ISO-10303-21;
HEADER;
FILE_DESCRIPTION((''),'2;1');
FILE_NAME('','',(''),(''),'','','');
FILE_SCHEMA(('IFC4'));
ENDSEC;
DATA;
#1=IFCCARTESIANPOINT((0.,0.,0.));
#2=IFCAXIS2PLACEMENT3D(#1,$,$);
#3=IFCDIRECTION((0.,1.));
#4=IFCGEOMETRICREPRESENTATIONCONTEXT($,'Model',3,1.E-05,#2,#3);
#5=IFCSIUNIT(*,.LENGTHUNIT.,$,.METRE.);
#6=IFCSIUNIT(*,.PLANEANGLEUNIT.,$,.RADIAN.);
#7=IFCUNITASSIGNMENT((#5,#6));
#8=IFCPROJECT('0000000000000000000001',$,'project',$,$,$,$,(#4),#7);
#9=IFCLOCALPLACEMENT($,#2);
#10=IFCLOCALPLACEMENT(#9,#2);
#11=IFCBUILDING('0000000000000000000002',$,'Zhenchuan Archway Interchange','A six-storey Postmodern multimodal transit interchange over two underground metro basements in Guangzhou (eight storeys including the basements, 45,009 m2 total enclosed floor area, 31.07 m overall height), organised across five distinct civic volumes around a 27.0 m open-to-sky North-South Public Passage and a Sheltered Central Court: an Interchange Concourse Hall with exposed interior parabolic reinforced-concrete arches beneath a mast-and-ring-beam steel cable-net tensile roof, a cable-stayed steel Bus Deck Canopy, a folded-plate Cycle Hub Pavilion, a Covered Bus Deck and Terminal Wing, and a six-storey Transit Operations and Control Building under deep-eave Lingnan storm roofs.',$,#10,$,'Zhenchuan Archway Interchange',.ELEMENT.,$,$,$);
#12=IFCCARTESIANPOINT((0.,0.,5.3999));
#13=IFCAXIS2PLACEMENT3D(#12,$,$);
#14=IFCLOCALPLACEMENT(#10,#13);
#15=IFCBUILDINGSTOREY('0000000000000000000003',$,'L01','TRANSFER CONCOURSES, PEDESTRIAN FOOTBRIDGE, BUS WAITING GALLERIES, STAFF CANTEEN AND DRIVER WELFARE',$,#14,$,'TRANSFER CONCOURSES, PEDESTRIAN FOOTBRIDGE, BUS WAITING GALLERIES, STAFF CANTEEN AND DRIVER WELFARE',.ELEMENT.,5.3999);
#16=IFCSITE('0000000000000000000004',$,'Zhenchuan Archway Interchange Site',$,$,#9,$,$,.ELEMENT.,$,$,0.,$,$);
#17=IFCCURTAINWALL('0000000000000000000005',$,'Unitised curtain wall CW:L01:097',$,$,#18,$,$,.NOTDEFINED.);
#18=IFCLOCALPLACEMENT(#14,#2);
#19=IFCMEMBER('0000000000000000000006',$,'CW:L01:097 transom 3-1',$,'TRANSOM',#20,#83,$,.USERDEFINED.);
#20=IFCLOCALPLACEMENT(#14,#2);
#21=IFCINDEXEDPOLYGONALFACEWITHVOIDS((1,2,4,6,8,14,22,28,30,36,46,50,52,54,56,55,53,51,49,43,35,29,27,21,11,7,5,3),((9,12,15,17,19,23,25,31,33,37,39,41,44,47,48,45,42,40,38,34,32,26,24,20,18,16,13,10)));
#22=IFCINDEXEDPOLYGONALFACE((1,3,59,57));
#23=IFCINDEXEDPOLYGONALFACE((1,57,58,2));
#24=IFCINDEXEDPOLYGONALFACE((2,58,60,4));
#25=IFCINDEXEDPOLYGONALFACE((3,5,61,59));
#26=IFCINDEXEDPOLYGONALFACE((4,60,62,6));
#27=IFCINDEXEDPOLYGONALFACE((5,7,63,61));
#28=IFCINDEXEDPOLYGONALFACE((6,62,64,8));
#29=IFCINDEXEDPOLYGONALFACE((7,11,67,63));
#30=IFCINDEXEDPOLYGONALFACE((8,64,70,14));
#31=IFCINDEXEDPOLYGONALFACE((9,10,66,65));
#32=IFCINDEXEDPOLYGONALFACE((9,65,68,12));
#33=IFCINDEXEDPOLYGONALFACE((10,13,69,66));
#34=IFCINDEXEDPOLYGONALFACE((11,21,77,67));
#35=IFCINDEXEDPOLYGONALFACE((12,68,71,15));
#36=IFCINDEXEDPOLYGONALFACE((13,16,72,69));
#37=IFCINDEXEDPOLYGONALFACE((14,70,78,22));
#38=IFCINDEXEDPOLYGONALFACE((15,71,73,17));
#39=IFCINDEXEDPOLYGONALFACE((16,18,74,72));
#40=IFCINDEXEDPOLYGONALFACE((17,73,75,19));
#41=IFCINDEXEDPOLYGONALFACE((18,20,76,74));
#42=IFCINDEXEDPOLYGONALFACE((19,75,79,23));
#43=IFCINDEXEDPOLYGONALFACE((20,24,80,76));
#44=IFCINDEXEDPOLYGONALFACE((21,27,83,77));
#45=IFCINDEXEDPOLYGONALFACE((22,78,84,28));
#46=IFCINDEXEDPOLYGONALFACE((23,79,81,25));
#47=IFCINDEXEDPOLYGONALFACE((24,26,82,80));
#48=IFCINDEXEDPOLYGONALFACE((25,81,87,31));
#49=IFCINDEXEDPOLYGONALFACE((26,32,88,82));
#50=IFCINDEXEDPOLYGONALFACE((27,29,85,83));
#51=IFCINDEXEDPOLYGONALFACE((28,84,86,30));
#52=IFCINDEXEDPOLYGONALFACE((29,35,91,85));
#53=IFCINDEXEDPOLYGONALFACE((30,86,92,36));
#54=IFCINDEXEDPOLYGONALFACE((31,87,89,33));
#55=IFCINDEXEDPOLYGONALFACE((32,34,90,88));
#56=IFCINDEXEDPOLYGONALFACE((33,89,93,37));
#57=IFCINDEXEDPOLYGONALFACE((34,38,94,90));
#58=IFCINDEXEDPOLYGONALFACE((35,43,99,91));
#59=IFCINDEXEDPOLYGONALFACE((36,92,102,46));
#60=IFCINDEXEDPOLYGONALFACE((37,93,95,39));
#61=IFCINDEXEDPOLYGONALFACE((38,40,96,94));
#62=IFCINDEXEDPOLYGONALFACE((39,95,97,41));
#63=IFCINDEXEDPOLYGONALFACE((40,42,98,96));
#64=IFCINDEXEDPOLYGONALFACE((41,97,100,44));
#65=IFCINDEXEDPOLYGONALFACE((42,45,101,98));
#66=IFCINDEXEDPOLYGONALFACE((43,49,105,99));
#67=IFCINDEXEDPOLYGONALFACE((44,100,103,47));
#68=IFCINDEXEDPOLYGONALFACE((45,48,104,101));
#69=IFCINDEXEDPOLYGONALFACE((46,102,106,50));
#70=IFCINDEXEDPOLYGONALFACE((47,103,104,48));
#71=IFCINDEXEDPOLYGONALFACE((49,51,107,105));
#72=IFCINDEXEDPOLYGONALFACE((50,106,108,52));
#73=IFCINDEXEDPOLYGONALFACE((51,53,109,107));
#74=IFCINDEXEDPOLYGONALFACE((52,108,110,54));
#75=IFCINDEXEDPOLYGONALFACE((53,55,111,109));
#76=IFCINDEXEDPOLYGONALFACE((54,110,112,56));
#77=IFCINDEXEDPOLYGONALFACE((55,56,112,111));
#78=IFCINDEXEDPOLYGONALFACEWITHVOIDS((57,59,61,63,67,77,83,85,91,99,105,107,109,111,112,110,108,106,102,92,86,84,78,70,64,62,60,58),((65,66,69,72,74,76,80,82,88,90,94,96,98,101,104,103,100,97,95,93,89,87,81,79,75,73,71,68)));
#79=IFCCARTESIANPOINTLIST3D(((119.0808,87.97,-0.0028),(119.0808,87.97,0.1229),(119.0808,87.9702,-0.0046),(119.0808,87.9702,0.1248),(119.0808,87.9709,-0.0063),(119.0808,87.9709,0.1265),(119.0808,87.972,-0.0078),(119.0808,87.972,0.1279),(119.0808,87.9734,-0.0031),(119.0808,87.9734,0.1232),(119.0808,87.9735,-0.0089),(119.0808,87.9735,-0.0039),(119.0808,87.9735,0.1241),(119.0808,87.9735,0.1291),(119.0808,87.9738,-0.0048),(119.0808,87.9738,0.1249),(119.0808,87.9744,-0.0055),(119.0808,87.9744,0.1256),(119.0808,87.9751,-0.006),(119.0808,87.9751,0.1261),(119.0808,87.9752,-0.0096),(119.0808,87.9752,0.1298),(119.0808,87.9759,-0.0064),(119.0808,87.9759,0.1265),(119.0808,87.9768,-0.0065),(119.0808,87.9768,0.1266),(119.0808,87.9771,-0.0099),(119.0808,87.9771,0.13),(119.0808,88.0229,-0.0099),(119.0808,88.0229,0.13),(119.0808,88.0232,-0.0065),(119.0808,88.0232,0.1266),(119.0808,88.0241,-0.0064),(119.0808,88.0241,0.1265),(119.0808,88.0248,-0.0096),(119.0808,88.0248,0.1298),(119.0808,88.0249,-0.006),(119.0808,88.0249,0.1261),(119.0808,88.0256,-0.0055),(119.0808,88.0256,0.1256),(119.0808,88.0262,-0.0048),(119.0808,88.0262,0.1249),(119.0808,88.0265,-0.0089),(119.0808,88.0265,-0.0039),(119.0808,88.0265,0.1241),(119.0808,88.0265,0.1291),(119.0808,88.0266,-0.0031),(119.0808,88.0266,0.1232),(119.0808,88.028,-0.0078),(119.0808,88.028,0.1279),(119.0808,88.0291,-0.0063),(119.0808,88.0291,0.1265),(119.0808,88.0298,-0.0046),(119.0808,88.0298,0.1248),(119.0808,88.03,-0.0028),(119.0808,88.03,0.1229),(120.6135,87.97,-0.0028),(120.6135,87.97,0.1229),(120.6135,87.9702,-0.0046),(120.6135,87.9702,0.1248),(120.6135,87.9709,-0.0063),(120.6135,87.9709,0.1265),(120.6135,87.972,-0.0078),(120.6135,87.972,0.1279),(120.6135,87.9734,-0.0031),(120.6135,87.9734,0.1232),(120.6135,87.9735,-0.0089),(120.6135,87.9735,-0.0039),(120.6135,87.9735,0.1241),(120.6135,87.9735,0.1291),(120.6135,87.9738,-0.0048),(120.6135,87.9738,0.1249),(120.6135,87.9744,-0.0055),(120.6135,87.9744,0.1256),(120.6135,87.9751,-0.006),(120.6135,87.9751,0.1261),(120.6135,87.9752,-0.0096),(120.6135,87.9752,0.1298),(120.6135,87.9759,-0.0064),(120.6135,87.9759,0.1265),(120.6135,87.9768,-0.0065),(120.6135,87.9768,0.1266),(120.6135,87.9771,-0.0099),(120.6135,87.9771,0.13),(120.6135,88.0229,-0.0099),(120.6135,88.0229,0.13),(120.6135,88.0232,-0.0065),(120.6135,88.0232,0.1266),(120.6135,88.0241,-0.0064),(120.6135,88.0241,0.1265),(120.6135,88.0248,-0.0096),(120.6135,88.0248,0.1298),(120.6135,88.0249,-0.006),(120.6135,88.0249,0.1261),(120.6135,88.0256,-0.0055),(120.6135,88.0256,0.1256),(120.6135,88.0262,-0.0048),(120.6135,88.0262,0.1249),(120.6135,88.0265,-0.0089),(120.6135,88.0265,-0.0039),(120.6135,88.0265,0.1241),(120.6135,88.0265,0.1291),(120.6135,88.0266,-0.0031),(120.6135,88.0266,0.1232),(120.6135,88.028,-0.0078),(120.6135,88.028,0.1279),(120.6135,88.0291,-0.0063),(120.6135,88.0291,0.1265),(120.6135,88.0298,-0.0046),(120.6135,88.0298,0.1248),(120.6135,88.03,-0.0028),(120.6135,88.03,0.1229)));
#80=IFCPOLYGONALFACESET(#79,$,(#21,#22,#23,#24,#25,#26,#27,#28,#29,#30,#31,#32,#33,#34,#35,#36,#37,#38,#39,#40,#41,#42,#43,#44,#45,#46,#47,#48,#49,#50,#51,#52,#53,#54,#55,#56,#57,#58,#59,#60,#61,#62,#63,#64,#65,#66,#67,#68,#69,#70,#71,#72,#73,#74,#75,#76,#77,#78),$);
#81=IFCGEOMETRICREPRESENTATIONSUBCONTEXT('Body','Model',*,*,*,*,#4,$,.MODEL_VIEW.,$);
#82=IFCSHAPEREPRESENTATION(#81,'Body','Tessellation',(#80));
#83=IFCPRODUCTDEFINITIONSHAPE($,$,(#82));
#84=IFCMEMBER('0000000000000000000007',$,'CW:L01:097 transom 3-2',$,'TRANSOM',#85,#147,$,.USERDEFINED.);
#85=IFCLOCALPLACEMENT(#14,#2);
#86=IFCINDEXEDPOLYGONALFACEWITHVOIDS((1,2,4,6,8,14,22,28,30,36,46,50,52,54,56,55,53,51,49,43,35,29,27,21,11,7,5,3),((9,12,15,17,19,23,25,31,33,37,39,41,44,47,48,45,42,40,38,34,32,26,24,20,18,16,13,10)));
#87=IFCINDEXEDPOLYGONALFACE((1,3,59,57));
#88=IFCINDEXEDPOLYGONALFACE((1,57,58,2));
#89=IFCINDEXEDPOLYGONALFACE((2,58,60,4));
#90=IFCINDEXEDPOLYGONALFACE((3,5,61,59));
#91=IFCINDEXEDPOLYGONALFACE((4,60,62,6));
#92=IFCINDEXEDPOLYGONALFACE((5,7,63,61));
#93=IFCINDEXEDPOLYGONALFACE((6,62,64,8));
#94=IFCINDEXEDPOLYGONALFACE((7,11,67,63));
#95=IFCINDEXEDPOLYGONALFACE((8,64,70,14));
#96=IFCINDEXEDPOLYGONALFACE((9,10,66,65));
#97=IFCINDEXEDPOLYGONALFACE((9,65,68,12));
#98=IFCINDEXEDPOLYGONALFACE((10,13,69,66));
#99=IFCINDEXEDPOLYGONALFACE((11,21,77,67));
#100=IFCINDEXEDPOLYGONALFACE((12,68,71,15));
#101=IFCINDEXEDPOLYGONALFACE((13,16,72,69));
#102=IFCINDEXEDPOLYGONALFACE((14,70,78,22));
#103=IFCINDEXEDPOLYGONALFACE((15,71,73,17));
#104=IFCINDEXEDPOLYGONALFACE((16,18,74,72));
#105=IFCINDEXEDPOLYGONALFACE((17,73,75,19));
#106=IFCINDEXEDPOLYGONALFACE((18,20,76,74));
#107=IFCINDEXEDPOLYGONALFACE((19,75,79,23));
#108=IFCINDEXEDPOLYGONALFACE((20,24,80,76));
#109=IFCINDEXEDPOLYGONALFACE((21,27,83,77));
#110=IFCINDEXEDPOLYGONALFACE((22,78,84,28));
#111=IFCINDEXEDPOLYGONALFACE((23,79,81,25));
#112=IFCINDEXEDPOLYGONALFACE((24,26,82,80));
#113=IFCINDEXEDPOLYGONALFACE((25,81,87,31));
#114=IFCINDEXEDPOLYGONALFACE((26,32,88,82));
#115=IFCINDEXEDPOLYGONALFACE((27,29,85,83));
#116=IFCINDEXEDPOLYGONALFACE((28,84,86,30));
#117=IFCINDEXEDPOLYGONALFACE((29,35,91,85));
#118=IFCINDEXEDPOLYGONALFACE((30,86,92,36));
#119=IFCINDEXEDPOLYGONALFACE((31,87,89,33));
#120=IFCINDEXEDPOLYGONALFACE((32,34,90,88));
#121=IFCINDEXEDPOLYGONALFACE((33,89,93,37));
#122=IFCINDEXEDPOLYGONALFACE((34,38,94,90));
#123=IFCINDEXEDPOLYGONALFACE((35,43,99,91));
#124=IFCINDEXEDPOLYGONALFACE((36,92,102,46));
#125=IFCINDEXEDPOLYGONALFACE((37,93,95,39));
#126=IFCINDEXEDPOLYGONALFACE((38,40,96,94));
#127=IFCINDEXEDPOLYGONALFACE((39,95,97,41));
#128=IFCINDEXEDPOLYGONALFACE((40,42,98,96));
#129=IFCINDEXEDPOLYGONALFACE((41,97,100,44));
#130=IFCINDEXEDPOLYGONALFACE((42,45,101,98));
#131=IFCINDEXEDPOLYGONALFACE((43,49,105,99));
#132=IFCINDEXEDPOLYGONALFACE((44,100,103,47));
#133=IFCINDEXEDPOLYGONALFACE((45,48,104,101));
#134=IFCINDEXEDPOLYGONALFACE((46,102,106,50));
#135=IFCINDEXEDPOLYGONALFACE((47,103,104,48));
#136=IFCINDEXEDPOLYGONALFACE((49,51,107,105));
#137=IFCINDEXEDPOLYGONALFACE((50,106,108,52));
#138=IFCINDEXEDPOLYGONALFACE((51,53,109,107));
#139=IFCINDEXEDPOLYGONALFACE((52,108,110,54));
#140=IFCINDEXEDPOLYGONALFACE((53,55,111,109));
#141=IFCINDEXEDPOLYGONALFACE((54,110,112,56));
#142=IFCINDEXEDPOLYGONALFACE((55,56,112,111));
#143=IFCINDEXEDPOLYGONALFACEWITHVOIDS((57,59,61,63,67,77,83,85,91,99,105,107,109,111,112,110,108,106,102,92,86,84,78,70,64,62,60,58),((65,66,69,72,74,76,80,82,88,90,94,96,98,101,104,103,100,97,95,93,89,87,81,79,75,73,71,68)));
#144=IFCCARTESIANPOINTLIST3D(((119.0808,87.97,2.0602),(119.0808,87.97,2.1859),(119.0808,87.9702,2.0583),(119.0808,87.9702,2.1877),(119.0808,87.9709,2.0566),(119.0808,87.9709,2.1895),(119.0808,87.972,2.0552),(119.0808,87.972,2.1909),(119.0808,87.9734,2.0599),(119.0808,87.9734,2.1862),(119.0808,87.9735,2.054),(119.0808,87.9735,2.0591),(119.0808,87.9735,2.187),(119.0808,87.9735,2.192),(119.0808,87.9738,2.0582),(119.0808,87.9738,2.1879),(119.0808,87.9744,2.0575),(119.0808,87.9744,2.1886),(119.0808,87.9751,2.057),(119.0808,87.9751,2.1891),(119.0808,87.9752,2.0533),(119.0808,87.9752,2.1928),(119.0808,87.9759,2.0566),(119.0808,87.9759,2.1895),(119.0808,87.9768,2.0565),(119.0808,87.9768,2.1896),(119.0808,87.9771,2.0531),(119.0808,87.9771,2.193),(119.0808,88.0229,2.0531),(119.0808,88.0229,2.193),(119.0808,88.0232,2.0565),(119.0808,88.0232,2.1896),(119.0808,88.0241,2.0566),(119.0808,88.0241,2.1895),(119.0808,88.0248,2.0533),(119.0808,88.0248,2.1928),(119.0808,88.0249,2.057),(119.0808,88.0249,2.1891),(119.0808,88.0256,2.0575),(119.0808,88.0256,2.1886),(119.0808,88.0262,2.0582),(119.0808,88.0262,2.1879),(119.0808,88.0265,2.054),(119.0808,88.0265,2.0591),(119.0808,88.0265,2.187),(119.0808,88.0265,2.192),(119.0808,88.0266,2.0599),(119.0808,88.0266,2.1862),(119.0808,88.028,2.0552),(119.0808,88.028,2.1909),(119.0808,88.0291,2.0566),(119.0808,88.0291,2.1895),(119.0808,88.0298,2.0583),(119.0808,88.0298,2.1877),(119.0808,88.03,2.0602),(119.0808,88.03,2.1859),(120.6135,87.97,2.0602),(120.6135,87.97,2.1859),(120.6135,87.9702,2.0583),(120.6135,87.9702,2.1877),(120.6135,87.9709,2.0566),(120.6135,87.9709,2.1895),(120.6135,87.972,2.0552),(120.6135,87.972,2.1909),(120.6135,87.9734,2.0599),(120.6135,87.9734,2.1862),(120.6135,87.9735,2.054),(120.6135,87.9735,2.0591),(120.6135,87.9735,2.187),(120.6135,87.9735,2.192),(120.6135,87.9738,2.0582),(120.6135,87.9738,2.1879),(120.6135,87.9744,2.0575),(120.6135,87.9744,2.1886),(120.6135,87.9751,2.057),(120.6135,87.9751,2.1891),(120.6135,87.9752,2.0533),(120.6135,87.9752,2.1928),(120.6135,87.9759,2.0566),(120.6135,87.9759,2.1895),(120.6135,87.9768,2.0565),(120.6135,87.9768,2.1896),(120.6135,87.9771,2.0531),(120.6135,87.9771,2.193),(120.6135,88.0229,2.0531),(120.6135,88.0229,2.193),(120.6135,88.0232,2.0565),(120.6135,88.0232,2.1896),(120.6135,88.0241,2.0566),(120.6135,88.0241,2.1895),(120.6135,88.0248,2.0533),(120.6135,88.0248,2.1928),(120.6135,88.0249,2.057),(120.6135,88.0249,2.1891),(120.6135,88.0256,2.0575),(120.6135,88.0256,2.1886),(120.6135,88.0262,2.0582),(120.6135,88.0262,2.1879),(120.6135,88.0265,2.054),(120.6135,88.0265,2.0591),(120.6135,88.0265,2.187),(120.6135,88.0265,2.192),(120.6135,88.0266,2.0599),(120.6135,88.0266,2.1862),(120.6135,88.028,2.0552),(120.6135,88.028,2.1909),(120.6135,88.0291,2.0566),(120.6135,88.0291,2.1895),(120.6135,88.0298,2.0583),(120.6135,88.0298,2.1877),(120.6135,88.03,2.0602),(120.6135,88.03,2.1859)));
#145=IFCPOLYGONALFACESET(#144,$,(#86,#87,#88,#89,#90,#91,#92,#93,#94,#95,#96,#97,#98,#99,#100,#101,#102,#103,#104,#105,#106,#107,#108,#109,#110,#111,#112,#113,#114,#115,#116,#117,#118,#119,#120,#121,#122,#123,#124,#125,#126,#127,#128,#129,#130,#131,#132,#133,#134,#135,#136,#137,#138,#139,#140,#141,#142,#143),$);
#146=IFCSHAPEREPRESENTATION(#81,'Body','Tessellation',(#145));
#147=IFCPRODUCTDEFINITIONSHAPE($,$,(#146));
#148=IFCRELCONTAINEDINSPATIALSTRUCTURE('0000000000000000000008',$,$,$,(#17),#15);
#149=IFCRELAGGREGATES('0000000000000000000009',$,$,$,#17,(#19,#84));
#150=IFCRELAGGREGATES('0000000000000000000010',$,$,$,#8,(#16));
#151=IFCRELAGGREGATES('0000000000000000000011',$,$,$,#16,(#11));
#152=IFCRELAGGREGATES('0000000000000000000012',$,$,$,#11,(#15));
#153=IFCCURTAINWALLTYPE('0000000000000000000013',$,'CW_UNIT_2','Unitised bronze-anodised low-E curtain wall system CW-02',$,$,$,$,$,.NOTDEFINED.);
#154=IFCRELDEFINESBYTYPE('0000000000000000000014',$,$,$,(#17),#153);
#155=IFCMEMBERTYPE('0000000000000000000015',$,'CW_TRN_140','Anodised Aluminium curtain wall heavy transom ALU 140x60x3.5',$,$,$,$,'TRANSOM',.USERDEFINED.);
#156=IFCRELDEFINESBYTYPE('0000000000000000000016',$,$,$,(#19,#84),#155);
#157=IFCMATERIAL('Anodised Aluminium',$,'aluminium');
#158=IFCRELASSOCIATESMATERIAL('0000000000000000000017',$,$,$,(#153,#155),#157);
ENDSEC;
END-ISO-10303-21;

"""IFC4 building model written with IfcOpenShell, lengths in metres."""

from ifc_helpers import new_model, si_unit, direction, frame, origin, origin_2d, place, context, subcontext, project, spatial, hollow_rectangle, extrude, material, material_profile, profile_set, type_object, element, aggregate, save


model = new_model("IFC4")

# Units and contexts
model_context = context("Model", 3, precision=1e-05, world=origin(), true_north=direction((0.0, 1.0)))
body_context = subcontext(model_context, "Body", "Model", "MODEL_VIEW")
ifc_project = project(units=[si_unit("LENGTHUNIT", "METRE"), si_unit("PLANEANGLEUNIT", "RADIAN")], contexts=[model_context])

# Site, building, storey
site_placement = place(None, origin())
site = spatial("IfcSite", under=ifc_project, at=site_placement, Name="Zhenchuan Archway Interchange Site", CompositionType="ELEMENT", RefElevation=0.0)
building_placement = place(site_placement, origin())
building = spatial("IfcBuilding", under=site, at=building_placement, Name="Zhenchuan Archway Interchange", Description="A six-storey Postmodern multimodal transit interchange over two underground metro basements in Guangzhou (eight storeys including the basements, 45,009 m2 total enclosed floor area, 31.07 m overall height), organised across five distinct civic volumes around a 27.0 m open-to-sky North-South Public Passage and a Sheltered Central Court: an Interchange Concourse Hall with exposed interior parabolic reinforced-concrete arches beneath a mast-and-ring-beam steel cable-net tensile roof, a cable-stayed steel Bus Deck Canopy, a folded-plate Cycle Hub Pavilion, a Covered Bus Deck and Terminal Wing, and a six-storey Transit Operations and Control Building under deep-eave Lingnan storm roofs.", LongName="Zhenchuan Archway Interchange", CompositionType="ELEMENT")
storey_placement = place(building_placement, frame((0.0, 0.0, 5.3999)))
storey = spatial("IfcBuildingStorey", under=building, at=storey_placement, Name="L01", Description="TRANSFER CONCOURSES, PEDESTRIAN FOOTBRIDGE, BUS WAITING GALLERIES, STAFF CANTEEN AND DRIVER WELFARE", LongName="TRANSFER CONCOURSES, PEDESTRIAN FOOTBRIDGE, BUS WAITING GALLERIES, STAFF CANTEEN AND DRIVER WELFARE", CompositionType="ELEMENT", Elevation=5.3999)

# Curtain wall, members
ifc_material_1 = material(Name="Anodised Aluminium", Category="aluminium")
curtain_wall_type = type_object("IfcCurtainWallType", Name="CW_UNIT_2", Description="Unitised bronze-anodised low-E curtain wall system CW-02", PredefinedType="NOTDEFINED", material=ifc_material_1)
curtain_wall_placement = place(storey_placement, origin())
curtain_wall = element("IfcCurtainWall", 1, at=curtain_wall_placement, inside=storey, type_object=curtain_wall_type, Name="Unitised curtain wall CW:L01:097", PredefinedType="NOTDEFINED")
ifc_material_profile_1 = material_profile(ifc_material_1, hollow_rectangle(XDim=0.0601, YDim=0.1399, WallThickness=0.0034, InnerFilletRadius=0.0034, OuterFilletRadius=0.0071, at=origin_2d()), Name="ALU 140x60x3.5")
ifc_profile_set_1 = profile_set([ifc_material_profile_1], Name="Anodised Aluminium")
member_type_1 = type_object("IfcMemberType", Name="CW_TRN_140", Description="Anodised Aluminium curtain wall heavy transom ALU 140x60x3.5", ElementType="TRANSOM", PredefinedType="USERDEFINED", material=ifc_profile_set_1)
member_1_placement = place(storey_placement, frame((120.6135, 88.0, 0.0601), z_axis=(-1.0, 0.0, 0.0), x_axis=(0.0, -1.0, 0.0)))
member_1 = element("IfcMember", 2, at=member_1_placement, type_object=member_type_1, Name="CW:L01:097 transom 3-1", ObjectType="TRANSOM", PredefinedType="USERDEFINED", context=body_context, shape_type="SweptSolid", body=[
    extrude(hollow_rectangle(XDim=0.0601, YDim=0.1399, WallThickness=0.0034, InnerFilletRadius=0.0034, OuterFilletRadius=0.0071, at=origin_2d()), origin(), (0.0, 0.0, 1.0), 1.5327),
])
member_2_placement = place(storey_placement, frame((120.6135, 88.0, 2.123), z_axis=(-1.0, 0.0, 0.0), x_axis=(0.0, -1.0, 0.0)))
member_2 = element("IfcMember", 3, at=member_2_placement, type_object=member_type_1, Name="CW:L01:097 transom 3-2", ObjectType="TRANSOM", PredefinedType="USERDEFINED", context=body_context, shape_type="SweptSolid", body=[
    extrude(hollow_rectangle(XDim=0.0601, YDim=0.1399, WallThickness=0.0034, InnerFilletRadius=0.0034, OuterFilletRadius=0.0071, at=origin_2d()), origin(), (0.0, 0.0, 1.0), 1.5327),
])

aggregate(curtain_wall, [member_1, member_2])

save(model, "model.ifc")
